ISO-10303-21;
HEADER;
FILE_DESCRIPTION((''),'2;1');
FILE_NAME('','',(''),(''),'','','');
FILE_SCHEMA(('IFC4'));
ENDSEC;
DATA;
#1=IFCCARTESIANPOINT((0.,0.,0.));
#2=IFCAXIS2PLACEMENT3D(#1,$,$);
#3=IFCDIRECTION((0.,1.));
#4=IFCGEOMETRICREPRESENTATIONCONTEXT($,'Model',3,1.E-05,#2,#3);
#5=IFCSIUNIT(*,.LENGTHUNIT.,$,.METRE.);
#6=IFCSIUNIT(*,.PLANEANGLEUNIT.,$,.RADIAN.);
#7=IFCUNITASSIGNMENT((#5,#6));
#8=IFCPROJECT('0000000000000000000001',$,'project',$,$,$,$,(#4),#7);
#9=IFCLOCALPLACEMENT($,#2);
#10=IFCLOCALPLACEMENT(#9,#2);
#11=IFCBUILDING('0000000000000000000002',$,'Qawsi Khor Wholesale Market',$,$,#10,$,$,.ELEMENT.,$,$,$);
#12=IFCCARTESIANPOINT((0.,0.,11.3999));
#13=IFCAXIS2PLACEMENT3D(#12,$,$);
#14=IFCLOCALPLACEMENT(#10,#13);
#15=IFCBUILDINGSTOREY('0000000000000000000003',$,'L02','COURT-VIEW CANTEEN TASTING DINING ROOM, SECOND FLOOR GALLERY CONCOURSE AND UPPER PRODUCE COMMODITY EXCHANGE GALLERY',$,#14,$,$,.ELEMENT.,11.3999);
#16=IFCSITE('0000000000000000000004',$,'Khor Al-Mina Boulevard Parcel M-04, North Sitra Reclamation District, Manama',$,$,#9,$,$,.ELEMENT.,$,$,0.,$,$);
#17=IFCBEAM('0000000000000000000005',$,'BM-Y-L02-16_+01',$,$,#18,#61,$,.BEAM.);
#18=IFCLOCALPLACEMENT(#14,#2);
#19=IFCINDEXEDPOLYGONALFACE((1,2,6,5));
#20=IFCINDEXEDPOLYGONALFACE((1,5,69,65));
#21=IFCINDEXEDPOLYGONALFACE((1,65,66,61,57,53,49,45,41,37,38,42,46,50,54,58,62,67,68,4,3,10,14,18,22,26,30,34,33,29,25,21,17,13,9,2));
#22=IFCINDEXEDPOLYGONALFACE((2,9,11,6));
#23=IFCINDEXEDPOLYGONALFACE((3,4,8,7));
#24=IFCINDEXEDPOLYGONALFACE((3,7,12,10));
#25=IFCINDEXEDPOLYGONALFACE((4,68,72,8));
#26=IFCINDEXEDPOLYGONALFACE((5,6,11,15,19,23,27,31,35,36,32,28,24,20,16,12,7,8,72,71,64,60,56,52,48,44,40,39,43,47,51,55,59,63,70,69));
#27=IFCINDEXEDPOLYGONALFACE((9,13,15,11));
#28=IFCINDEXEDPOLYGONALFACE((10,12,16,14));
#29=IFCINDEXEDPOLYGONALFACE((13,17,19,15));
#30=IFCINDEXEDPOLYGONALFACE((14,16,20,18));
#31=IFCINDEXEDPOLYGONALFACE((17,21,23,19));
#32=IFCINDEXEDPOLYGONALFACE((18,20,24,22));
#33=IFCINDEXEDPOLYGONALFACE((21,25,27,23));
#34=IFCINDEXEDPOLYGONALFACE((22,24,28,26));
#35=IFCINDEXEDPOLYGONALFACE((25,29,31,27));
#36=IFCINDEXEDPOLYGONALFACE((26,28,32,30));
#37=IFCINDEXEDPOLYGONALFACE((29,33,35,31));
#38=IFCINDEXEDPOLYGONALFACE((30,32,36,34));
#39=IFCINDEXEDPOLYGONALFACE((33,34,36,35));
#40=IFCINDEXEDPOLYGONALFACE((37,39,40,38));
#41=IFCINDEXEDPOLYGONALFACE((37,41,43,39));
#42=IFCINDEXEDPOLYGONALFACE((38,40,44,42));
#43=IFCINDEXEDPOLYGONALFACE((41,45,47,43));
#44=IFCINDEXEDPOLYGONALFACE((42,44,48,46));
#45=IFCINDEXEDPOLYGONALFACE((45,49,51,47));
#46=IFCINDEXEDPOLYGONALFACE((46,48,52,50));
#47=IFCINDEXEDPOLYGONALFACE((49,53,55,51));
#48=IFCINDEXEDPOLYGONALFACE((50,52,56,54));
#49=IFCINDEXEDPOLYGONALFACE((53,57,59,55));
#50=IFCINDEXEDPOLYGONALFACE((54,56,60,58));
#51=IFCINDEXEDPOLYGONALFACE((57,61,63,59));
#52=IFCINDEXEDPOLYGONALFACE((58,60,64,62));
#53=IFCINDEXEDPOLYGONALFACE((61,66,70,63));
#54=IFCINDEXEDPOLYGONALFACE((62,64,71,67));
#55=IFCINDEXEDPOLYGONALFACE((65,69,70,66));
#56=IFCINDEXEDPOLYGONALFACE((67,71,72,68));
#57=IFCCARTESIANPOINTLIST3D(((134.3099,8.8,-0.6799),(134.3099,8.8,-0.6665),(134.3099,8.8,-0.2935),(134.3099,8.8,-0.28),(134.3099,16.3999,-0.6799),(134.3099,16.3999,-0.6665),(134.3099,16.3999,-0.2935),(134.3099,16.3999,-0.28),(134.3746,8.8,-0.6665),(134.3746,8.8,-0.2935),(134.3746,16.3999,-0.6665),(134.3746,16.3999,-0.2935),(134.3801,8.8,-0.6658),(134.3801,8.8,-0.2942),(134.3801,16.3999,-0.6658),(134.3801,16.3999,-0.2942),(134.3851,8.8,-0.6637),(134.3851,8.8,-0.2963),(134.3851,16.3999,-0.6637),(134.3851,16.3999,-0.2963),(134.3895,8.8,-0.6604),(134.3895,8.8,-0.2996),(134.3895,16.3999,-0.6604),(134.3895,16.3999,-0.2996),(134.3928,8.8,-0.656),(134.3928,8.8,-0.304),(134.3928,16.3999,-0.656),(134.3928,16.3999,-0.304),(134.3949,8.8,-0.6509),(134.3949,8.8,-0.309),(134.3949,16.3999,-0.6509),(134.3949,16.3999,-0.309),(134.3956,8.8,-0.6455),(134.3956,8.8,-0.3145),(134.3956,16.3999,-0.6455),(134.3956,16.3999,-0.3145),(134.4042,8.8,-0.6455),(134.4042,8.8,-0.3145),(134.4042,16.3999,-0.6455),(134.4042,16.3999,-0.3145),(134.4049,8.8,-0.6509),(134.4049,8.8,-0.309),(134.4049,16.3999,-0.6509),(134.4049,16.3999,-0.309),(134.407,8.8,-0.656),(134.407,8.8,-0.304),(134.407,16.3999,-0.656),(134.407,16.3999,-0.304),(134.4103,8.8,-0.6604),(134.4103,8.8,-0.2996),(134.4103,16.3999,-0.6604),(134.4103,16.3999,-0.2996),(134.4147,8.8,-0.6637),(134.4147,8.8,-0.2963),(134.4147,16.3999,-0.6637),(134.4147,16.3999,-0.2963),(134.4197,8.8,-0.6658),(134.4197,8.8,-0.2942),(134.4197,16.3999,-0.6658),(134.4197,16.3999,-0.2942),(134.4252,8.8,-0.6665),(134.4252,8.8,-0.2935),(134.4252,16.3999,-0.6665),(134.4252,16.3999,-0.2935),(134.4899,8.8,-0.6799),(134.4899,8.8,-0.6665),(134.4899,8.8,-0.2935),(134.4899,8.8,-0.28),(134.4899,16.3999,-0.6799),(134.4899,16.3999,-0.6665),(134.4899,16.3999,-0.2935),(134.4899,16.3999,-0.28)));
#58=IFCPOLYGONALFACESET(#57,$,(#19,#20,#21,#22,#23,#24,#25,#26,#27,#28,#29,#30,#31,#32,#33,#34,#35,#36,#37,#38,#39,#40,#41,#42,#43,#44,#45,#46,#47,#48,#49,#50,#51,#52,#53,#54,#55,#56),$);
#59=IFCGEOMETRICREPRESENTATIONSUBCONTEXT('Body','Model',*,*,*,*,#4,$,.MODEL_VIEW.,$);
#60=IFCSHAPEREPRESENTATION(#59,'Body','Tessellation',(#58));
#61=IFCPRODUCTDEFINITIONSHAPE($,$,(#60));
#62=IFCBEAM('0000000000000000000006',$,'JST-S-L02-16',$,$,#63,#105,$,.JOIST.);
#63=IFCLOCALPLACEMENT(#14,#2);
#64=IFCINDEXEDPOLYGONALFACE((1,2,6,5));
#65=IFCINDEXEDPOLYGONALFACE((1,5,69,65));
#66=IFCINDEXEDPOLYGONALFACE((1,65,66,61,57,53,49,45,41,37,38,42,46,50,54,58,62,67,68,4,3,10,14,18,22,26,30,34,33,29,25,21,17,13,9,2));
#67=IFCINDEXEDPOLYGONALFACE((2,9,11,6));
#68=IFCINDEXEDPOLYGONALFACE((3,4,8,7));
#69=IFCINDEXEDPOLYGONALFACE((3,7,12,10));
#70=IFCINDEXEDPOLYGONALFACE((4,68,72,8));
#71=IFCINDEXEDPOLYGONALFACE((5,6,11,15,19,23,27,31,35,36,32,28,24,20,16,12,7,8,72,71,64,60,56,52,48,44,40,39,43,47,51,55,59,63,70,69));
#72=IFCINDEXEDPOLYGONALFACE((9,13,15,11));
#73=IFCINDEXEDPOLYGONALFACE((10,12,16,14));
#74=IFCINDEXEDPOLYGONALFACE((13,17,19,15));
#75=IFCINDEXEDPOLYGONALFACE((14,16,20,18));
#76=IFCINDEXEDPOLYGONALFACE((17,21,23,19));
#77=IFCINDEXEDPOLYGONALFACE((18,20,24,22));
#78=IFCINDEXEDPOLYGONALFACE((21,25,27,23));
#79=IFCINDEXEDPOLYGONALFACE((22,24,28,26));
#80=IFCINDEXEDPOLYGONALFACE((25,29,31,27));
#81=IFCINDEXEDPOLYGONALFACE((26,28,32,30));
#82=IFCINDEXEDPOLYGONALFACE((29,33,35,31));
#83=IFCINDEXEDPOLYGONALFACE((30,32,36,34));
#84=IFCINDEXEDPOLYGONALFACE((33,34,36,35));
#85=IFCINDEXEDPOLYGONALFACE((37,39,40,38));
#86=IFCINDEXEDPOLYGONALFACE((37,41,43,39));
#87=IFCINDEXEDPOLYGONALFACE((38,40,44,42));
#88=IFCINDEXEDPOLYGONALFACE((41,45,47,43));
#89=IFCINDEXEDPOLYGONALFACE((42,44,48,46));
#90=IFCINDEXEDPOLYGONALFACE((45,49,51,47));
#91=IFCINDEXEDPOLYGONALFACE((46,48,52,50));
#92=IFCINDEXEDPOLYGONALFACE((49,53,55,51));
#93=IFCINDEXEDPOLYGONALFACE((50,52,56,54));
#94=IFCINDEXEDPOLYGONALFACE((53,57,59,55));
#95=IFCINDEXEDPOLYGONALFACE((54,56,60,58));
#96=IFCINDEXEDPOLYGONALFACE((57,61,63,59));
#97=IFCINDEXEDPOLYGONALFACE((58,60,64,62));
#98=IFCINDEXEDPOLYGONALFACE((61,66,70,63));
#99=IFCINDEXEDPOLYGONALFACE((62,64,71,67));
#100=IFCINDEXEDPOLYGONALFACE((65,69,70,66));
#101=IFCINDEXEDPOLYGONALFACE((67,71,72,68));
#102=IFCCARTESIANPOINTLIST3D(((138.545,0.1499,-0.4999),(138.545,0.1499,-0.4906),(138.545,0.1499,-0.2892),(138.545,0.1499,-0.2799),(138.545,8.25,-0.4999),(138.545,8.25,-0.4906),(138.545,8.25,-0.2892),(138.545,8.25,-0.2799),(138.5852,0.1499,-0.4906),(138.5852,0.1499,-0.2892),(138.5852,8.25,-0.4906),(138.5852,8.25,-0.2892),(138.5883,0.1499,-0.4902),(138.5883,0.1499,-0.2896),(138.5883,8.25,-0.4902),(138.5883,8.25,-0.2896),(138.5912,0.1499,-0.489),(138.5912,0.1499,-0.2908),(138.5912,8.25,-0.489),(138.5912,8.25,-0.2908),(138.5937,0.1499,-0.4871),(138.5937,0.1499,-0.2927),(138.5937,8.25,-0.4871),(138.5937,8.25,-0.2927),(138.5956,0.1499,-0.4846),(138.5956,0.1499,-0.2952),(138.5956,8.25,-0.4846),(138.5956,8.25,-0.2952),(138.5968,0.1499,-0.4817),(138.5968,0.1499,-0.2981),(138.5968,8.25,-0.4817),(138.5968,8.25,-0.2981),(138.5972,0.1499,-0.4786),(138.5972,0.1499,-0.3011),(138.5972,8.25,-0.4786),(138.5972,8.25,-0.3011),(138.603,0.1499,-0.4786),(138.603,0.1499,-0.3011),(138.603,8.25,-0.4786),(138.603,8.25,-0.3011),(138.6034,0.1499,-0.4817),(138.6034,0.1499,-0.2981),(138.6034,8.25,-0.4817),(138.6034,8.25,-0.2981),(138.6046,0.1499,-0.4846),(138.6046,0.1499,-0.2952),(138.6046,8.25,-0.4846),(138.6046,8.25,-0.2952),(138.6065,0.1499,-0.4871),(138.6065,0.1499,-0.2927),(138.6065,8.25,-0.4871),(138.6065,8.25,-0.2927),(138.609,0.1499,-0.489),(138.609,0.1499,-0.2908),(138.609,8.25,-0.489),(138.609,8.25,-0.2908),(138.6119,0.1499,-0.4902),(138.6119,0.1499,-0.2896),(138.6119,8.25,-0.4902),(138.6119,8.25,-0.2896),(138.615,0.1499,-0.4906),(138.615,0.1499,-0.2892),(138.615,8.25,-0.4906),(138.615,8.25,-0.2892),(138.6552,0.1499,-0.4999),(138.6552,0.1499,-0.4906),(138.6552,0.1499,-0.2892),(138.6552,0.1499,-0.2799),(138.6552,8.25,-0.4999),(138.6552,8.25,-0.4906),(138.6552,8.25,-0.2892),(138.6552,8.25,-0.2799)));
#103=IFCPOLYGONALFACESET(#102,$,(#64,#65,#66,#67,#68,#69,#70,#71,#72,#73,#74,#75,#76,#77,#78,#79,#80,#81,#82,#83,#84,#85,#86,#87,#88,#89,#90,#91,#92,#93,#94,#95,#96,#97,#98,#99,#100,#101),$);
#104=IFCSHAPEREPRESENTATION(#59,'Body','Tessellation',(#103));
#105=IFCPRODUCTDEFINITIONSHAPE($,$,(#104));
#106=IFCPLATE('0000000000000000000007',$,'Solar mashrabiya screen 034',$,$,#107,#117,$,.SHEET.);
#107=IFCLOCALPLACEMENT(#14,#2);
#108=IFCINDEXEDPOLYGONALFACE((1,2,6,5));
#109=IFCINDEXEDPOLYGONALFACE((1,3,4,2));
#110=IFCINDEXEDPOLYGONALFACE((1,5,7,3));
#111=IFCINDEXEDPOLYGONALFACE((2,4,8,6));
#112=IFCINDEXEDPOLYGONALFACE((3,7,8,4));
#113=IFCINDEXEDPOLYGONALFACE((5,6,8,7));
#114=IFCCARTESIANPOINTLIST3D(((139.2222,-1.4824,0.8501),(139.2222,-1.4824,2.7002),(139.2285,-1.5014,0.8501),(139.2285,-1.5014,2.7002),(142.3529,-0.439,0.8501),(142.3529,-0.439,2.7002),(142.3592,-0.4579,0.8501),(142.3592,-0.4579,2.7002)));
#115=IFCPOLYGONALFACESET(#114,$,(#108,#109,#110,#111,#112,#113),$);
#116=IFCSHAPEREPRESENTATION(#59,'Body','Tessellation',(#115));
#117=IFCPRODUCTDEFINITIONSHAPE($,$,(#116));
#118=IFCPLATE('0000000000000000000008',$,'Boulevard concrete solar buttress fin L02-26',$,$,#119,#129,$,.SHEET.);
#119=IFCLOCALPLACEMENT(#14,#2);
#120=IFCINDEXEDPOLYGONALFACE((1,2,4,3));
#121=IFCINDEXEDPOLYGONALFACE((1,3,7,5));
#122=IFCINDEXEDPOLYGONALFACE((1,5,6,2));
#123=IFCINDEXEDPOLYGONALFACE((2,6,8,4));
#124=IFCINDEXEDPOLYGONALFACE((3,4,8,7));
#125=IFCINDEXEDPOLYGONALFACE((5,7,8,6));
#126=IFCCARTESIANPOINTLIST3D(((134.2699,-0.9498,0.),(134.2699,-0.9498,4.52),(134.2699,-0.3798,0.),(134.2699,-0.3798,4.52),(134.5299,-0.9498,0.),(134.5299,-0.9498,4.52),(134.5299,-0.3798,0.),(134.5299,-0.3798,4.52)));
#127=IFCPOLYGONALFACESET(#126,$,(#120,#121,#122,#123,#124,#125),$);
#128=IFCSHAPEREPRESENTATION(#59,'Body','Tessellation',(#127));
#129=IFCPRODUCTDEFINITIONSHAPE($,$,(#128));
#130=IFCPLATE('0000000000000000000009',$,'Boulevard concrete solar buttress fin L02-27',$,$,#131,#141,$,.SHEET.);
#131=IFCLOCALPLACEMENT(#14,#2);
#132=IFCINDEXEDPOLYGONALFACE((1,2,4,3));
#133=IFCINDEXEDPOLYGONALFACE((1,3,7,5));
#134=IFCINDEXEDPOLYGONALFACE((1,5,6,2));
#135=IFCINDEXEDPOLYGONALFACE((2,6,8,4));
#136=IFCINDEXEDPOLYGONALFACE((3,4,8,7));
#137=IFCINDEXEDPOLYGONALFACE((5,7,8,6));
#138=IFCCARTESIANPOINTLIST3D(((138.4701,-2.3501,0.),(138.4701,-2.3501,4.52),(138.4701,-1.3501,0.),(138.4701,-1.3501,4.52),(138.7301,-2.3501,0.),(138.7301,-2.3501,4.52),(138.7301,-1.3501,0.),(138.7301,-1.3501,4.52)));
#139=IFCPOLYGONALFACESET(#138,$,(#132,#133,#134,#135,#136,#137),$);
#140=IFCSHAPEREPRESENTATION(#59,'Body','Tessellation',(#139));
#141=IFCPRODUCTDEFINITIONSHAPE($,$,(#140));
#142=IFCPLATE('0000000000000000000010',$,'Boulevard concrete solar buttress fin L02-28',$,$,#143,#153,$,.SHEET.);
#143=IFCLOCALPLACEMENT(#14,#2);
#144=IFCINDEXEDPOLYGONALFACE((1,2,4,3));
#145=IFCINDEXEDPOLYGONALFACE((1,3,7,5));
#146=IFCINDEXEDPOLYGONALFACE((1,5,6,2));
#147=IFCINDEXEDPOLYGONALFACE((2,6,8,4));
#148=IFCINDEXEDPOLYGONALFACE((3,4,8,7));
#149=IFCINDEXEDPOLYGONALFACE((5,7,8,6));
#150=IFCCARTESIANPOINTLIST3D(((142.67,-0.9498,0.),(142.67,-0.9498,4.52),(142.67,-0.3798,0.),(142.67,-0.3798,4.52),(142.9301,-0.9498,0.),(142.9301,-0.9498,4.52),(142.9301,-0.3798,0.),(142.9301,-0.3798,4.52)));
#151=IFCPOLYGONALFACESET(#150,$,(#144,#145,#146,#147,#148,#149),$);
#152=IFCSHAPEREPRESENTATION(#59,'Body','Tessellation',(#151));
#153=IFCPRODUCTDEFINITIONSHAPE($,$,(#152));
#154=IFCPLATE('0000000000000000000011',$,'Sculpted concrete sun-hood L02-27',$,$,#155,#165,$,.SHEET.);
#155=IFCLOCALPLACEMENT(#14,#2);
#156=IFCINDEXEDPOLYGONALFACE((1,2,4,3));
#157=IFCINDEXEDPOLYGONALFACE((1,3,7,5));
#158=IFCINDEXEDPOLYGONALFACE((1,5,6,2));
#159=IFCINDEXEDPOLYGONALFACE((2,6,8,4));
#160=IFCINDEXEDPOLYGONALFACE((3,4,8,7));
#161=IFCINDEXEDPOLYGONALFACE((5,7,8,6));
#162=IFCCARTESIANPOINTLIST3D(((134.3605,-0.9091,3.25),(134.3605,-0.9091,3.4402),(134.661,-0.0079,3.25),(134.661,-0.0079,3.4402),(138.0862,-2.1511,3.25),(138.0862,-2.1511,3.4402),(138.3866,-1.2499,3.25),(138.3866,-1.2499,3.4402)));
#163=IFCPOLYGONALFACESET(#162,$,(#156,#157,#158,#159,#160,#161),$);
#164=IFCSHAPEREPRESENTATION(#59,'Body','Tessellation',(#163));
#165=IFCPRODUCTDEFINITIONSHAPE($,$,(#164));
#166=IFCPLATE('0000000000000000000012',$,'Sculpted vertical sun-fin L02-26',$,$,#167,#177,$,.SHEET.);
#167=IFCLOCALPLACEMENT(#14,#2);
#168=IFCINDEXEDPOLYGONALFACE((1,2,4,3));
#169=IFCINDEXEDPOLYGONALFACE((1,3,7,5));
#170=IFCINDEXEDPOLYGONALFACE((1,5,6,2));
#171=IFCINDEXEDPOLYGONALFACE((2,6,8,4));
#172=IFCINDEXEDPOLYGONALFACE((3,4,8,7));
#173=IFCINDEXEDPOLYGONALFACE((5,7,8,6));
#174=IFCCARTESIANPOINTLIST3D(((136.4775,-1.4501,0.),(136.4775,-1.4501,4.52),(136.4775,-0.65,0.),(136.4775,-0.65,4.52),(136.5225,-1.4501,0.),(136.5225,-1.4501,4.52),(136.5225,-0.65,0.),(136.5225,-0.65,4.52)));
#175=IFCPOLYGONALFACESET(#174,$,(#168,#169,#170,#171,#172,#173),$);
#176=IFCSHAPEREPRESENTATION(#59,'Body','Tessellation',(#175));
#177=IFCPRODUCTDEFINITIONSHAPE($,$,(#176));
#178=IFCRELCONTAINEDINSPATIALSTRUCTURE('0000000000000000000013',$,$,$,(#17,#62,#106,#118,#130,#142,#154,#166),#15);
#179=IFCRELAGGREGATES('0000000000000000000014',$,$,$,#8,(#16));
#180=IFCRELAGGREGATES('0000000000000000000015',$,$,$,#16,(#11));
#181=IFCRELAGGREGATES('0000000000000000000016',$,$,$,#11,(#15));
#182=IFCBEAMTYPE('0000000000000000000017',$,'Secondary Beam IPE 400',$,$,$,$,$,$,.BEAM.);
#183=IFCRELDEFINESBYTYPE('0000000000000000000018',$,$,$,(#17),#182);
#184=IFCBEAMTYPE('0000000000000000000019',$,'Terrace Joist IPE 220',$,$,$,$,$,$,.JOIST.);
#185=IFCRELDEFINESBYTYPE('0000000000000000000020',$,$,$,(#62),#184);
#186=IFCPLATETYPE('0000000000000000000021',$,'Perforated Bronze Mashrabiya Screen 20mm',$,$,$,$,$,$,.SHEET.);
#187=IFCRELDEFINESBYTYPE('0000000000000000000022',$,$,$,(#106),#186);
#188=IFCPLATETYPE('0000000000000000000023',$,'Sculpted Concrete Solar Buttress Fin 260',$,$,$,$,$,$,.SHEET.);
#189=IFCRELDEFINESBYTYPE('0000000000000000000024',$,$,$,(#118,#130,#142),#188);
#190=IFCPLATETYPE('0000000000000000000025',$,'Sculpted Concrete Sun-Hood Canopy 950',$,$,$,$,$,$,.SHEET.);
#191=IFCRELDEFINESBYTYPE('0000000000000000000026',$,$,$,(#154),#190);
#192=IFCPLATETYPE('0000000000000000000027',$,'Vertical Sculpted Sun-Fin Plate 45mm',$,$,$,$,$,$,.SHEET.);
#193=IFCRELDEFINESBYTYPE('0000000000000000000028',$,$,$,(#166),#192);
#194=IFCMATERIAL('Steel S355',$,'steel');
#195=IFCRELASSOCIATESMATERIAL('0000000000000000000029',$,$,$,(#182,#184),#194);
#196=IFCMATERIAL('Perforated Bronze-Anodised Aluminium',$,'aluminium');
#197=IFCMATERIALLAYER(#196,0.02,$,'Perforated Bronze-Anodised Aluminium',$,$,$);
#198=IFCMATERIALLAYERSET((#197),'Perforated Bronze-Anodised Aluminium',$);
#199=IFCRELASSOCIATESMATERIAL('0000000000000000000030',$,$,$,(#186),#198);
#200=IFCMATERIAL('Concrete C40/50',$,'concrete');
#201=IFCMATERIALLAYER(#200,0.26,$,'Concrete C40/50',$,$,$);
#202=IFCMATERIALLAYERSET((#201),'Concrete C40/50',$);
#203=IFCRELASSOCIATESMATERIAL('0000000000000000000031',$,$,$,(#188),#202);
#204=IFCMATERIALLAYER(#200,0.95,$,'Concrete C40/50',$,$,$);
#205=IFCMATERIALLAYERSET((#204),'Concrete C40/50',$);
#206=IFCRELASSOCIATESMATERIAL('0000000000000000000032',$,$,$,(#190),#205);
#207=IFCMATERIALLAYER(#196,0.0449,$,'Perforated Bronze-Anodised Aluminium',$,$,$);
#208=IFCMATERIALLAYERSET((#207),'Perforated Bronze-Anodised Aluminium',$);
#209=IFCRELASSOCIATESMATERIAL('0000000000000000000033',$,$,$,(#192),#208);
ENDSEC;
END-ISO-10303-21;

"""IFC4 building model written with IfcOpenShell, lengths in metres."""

from ifc_helpers import new_model, si_unit, direction, frame, frame_2d, origin, origin_2d, place, context, subcontext, project, spatial, rectangle, i_section, extrude, material, layer, layer_set, material_profile, profile_set, type_object, element, save


model = new_model("IFC4")

# Units and contexts
model_context = context("Model", 3, precision=1e-05, world=origin(), true_north=direction((0.0, 1.0)))
body_context = subcontext(model_context, "Body", "Model", "MODEL_VIEW")
ifc_project = project(units=[si_unit("LENGTHUNIT", "METRE"), si_unit("PLANEANGLEUNIT", "RADIAN")], contexts=[model_context])

# Site, building, storey
site_placement = place(None, origin())
site = spatial("IfcSite", under=ifc_project, at=site_placement, Name="Khor Al-Mina Boulevard Parcel M-04, North Sitra Reclamation District, Manama", CompositionType="ELEMENT", RefElevation=0.0)
building_placement = place(site_placement, origin())
building = spatial("IfcBuilding", under=site, at=building_placement, Name="Qawsi Khor Wholesale Market", CompositionType="ELEMENT")
storey_placement = place(building_placement, frame((0.0, 0.0, 11.3999)))
storey = spatial("IfcBuildingStorey", under=building, at=storey_placement, Name="L02", Description="COURT-VIEW CANTEEN TASTING DINING ROOM, SECOND FLOOR GALLERY CONCOURSE AND UPPER PRODUCE COMMODITY EXCHANGE GALLERY", CompositionType="ELEMENT", Elevation=11.3999)

# Shared definitions
ifc_material_1 = material(Name="Concrete C40/50", Category="concrete")

# Beams
ifc_material_2 = material(Name="Steel S355", Category="steel")
ifc_material_profile_1 = material_profile(ifc_material_2, i_section(OverallWidth=0.1799, OverallDepth=0.3999, WebThickness=0.0085, FlangeThickness=0.0134, FilletRadius=0.021, at=origin_2d()), Name="IPE 400")
ifc_profile_set_1 = profile_set([ifc_material_profile_1], Name="Steel S355")
beam_type_1 = type_object("IfcBeamType", Name="Secondary Beam IPE 400", PredefinedType="BEAM", material=ifc_profile_set_1)
beam_1_placement = place(storey_placement, frame((134.3999, 8.8, -0.48), z_axis=(0.0, 1.0, 0.0), x_axis=(-1.0, 0.0, 0.0)))
element("IfcBeam", 1, at=beam_1_placement, inside=storey, type_object=beam_type_1, Name="BM-Y-L02-16_+01", PredefinedType="BEAM", context=body_context, shape_type="SweptSolid", body=[
    extrude(i_section(OverallWidth=0.1799, OverallDepth=0.3999, WebThickness=0.0085, FlangeThickness=0.0134, FilletRadius=0.021, at=origin_2d()), origin(), (0.0, 0.0, 1.0), 7.5999),
])
ifc_material_profile_2 = material_profile(ifc_material_2, i_section(OverallWidth=0.1101, OverallDepth=0.22, WebThickness=0.0059, FlangeThickness=0.0093, FilletRadius=0.012, at=origin_2d()), Name="IPE 220")
ifc_profile_set_2 = profile_set([ifc_material_profile_2], Name="Steel S355")
beam_type_2 = type_object("IfcBeamType", Name="Terrace Joist IPE 220", PredefinedType="JOIST", material=ifc_profile_set_2)
beam_2_placement = place(storey_placement, frame((138.6001, 0.1499, -0.3899), z_axis=(0.0, 1.0, 0.0), x_axis=(-1.0, 0.0, 0.0)))
element("IfcBeam", 2, at=beam_2_placement, inside=storey, type_object=beam_type_2, Name="JST-S-L02-16", PredefinedType="JOIST", context=body_context, shape_type="SweptSolid", body=[
    extrude(i_section(OverallWidth=0.1101, OverallDepth=0.22, WebThickness=0.0059, FlangeThickness=0.0093, FilletRadius=0.012, at=origin_2d()), origin(), (0.0, 0.0, 1.0), 8.1001),
])

# Plates
ifc_material_3 = material(Name="Perforated Bronze-Anodised Aluminium", Category="aluminium")
ifc_layer_1 = layer(ifc_material_3, 0.02, Name="Perforated Bronze-Anodised Aluminium")
ifc_layer_set_1 = layer_set([ifc_layer_1], Name="Perforated Bronze-Anodised Aluminium")
plate_type_1 = type_object("IfcPlateType", Name="Perforated Bronze Mashrabiya Screen 20mm", PredefinedType="SHEET", material=ifc_layer_set_1)
plate_1_placement = place(storey_placement, frame((142.356, -0.4485, 0.8501), z_axis=(0.0, 0.0, 1.0), x_axis=(-0.948691, -0.316206, 0.0)))
element("IfcPlate", 3, at=plate_1_placement, inside=storey, type_object=plate_type_1, Name="Solar mashrabiya screen 034", PredefinedType="SHEET", context=body_context, shape_type="SweptSolid", body=[
    extrude(rectangle(XDim=3.3, YDim=0.02, at=frame_2d((1.6499, 0.0))), origin(), (0.0, 0.0, 1.0), 1.8501),
])
ifc_layer_2 = layer(ifc_material_1, 0.26, Name="Concrete C40/50")
ifc_layer_set_2 = layer_set([ifc_layer_2], Name="Concrete C40/50")
plate_type_2 = type_object("IfcPlateType", Name="Sculpted Concrete Solar Buttress Fin 260", PredefinedType="SHEET", material=ifc_layer_set_2)
plate_2_placement = place(storey_placement, frame((134.3999, -0.95, 0.0), z_axis=(0.0, 0.0, 1.0), x_axis=(0.0, 1.0, 0.0)))
element("IfcPlate", 4, at=plate_2_placement, inside=storey, type_object=plate_type_2, Name="Boulevard concrete solar buttress fin L02-26", PredefinedType="SHEET", context=body_context, shape_type="SweptSolid", body=[
    extrude(rectangle(XDim=0.5701, YDim=0.26, at=frame_2d((0.2852, 0.0))), origin(), (0.0, 0.0, 1.0), 4.52),
])
plate_3_placement = place(storey_placement, frame((138.6001, -2.3501, 0.0), z_axis=(0.0, 0.0, 1.0), x_axis=(0.0, 1.0, 0.0)))
element("IfcPlate", 5, at=plate_3_placement, inside=storey, type_object=plate_type_2, Name="Boulevard concrete solar buttress fin L02-27", PredefinedType="SHEET", context=body_context, shape_type="SweptSolid", body=[
    extrude(rectangle(XDim=1.0, YDim=0.26, at=frame_2d((0.5, 0.0))), origin(), (0.0, 0.0, 1.0), 4.52),
])
plate_4_placement = place(storey_placement, frame((142.8, -0.95, 0.0), z_axis=(0.0, 0.0, 1.0), x_axis=(0.0, 1.0, 0.0)))
element("IfcPlate", 6, at=plate_4_placement, inside=storey, type_object=plate_type_2, Name="Boulevard concrete solar buttress fin L02-28", PredefinedType="SHEET", context=body_context, shape_type="SweptSolid", body=[
    extrude(rectangle(XDim=0.5701, YDim=0.26, at=frame_2d((0.2852, 0.0))), origin(), (0.0, 0.0, 1.0), 4.52),
])
ifc_layer_3 = layer(ifc_material_1, 0.95, Name="Concrete C40/50")
ifc_layer_set_3 = layer_set([ifc_layer_3], Name="Concrete C40/50")
plate_type_3 = type_object("IfcPlateType", Name="Sculpted Concrete Sun-Hood Canopy 950", PredefinedType="SHEET", material=ifc_layer_set_3)
plate_5_placement = place(storey_placement, frame((134.5107, -0.4585, 3.25), z_axis=(0.0, 0.0, 1.0), x_axis=(0.948677, -0.316246, 0.0)))
element("IfcPlate", 7, at=plate_5_placement, inside=storey, type_object=plate_type_3, Name="Sculpted concrete sun-hood L02-27", PredefinedType="SHEET", context=body_context, shape_type="SweptSolid", body=[
    extrude(rectangle(XDim=3.9272, YDim=0.95, at=frame_2d((1.9636, 0.0))), origin(), (0.0, 0.0, 1.0), 0.1902),
])
ifc_layer_4 = layer(ifc_material_3, 0.0449, Name="Perforated Bronze-Anodised Aluminium")
ifc_layer_set_4 = layer_set([ifc_layer_4], Name="Perforated Bronze-Anodised Aluminium")
plate_type_4 = type_object("IfcPlateType", Name="Vertical Sculpted Sun-Fin Plate 45mm", PredefinedType="SHEET", material=ifc_layer_set_4)
plate_6_placement = place(storey_placement, frame((136.5, -1.45, 0.0), z_axis=(0.0, 0.0, 1.0), x_axis=(0.0, 1.0, 0.0)))
element("IfcPlate", 8, at=plate_6_placement, inside=storey, type_object=plate_type_4, Name="Sculpted vertical sun-fin L02-26", PredefinedType="SHEET", context=body_context, shape_type="SweptSolid", body=[
    extrude(rectangle(XDim=0.8, YDim=0.0449, at=frame_2d((0.3999, 0.0))), origin(), (0.0, 0.0, 1.0), 4.52),
])

save(model, "model.ifc")
